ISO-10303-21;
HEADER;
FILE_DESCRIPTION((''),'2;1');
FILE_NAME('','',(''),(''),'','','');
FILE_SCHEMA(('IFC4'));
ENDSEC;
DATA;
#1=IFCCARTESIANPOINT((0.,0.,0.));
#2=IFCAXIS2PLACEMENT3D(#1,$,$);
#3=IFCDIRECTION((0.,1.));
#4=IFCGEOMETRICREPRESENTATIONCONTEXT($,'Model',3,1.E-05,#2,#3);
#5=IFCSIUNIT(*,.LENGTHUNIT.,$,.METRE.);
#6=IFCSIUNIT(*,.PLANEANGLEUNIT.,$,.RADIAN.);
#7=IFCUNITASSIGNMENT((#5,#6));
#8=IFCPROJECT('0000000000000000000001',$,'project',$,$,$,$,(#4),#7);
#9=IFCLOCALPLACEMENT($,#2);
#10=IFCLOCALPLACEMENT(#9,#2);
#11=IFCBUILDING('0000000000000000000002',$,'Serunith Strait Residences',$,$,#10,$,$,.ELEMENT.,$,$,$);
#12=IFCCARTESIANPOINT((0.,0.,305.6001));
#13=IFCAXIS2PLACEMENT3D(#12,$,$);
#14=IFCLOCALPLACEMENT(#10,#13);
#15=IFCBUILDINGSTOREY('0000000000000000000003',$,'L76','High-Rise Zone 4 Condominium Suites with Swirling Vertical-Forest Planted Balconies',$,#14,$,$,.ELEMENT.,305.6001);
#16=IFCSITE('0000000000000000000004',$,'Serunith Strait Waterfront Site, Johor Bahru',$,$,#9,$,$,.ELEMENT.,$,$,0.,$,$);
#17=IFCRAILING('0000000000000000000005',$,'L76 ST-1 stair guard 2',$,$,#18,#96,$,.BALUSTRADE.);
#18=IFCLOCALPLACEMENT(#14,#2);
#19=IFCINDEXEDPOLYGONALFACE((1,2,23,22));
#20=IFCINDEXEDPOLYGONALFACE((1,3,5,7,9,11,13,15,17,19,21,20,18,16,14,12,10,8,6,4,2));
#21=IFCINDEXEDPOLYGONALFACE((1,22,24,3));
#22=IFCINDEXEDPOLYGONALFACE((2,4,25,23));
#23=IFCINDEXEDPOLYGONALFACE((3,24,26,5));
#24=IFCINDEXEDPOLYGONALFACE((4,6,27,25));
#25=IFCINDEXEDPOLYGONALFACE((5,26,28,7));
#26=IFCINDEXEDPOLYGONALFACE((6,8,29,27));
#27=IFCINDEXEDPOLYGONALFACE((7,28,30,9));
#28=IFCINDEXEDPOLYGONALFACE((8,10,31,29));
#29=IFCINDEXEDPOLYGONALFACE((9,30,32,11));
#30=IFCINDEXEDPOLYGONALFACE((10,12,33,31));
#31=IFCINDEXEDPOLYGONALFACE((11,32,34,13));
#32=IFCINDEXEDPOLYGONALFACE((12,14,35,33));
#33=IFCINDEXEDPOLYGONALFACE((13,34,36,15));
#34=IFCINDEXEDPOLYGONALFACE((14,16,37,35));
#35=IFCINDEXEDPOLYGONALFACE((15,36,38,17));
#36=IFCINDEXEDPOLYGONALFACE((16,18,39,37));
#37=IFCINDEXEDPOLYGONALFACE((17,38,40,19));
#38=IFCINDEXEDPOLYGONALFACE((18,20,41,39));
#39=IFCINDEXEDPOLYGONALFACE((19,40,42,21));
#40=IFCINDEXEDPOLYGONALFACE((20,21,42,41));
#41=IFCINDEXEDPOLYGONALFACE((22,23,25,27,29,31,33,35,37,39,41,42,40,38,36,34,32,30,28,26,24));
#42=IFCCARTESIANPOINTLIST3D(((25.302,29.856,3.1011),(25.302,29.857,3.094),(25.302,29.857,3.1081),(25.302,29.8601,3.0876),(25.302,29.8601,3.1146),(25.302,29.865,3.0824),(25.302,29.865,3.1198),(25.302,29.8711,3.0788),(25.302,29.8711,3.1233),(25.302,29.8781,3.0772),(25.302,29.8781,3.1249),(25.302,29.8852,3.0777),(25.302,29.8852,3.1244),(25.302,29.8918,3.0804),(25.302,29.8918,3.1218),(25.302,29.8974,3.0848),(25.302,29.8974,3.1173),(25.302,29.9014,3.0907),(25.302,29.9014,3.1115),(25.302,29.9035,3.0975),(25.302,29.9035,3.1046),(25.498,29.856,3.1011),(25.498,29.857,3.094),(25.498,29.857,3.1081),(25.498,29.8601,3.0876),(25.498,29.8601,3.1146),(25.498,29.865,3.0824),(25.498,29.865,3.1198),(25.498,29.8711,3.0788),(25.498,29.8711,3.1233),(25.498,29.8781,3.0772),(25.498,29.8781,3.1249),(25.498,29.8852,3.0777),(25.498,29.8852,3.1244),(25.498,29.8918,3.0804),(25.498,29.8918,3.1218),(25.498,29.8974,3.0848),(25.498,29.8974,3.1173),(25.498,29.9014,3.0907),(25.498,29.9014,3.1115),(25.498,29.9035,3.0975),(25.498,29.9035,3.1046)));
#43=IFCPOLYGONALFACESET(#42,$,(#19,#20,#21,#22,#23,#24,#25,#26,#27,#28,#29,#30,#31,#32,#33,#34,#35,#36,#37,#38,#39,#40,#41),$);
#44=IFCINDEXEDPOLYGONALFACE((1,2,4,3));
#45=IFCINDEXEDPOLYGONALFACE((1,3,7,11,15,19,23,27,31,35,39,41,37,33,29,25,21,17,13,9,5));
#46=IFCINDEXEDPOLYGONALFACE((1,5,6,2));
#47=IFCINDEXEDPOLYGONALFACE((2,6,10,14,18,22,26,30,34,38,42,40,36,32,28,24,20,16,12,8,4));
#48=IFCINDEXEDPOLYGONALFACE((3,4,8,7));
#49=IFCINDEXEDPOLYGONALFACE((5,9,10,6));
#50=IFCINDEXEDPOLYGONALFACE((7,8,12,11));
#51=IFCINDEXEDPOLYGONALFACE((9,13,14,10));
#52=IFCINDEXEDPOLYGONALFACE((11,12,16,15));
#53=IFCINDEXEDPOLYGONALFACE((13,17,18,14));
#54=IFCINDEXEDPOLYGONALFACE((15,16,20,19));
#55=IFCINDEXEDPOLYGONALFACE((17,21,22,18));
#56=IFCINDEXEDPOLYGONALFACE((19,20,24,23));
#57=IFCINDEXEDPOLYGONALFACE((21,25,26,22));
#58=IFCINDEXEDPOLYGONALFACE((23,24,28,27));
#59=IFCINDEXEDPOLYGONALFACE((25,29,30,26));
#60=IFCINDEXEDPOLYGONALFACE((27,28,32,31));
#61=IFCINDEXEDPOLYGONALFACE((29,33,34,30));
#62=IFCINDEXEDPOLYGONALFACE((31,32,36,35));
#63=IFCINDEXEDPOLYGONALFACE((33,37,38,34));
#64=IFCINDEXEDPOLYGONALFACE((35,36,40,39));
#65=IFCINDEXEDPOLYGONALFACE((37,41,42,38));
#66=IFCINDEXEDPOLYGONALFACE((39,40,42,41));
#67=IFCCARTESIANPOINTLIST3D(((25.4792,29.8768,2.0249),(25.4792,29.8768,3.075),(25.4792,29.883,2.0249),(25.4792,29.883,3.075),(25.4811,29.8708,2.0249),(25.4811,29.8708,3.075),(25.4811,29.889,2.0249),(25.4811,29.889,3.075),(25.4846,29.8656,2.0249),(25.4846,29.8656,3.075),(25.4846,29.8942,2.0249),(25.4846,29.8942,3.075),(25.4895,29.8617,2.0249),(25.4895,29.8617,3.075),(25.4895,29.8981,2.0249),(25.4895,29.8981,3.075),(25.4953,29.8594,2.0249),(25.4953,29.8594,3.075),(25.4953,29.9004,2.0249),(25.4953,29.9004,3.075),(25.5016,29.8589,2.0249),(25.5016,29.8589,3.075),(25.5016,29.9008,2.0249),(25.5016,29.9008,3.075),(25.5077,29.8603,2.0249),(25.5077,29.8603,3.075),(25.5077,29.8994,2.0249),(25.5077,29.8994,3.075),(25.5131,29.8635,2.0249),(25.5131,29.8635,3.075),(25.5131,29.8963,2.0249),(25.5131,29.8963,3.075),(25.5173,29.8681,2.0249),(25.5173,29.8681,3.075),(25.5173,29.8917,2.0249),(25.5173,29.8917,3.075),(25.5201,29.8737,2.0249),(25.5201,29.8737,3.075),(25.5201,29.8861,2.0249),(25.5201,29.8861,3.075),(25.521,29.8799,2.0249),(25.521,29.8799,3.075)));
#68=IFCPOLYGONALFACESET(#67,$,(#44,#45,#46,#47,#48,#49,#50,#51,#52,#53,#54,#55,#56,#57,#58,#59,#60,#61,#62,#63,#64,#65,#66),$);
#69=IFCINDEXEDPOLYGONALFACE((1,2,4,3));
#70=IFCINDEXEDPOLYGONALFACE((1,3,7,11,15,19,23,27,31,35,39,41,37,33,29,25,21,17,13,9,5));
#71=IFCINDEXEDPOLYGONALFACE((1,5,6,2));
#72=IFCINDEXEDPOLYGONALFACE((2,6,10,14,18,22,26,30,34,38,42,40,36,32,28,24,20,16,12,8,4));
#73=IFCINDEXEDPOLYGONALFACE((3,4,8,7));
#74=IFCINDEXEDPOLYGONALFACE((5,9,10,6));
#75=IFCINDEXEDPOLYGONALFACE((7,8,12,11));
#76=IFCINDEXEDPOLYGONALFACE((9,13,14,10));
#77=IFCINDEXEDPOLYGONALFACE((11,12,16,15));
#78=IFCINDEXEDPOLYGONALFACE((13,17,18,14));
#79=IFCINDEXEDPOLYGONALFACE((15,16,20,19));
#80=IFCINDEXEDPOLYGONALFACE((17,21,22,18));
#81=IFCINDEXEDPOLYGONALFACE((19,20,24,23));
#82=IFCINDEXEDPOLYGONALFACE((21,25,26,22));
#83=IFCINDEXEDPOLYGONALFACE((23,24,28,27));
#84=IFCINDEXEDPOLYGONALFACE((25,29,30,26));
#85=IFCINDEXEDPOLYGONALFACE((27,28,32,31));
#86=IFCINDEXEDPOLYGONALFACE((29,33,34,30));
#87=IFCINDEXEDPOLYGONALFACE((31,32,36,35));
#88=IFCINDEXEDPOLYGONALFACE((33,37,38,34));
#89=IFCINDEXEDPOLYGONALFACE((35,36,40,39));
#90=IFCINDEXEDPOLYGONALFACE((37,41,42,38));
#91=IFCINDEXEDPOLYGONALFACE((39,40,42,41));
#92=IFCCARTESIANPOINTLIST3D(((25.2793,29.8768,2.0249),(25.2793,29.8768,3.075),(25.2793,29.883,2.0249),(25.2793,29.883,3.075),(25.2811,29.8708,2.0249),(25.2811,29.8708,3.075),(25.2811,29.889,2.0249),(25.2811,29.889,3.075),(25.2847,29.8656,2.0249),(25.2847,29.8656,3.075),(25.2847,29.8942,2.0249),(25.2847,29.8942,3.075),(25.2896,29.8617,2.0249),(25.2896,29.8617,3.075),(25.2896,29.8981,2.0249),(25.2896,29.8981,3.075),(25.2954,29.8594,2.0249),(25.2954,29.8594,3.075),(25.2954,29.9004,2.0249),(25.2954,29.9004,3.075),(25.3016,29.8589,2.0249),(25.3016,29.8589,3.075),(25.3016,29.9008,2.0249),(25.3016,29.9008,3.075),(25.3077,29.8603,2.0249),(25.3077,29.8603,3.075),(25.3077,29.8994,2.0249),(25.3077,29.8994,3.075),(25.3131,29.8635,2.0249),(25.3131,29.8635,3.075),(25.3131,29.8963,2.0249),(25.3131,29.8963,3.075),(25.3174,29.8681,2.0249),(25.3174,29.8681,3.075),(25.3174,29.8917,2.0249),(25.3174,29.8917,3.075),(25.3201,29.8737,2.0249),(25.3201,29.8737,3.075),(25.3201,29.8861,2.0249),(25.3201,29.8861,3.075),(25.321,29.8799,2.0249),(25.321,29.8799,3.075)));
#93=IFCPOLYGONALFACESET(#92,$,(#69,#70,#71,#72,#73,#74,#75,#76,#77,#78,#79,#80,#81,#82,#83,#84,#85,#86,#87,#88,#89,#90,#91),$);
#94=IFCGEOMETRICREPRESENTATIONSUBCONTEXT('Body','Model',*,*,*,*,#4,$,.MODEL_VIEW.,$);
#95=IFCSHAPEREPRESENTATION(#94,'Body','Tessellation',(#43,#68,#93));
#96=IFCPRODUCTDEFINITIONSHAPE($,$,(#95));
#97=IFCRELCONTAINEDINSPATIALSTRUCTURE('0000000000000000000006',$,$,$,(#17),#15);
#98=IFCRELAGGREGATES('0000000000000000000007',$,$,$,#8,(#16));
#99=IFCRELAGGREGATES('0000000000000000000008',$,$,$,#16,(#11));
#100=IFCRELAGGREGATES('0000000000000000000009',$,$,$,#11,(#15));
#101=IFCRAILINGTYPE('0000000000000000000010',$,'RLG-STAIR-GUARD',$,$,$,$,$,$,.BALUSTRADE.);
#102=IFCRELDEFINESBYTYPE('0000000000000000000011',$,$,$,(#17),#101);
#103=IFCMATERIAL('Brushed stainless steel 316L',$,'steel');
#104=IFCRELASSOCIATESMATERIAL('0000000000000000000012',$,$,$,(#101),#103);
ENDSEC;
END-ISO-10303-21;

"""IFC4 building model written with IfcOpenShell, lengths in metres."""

from ifc_helpers import new_model, si_unit, direction, frame, origin, origin_2d, place, context, subcontext, project, spatial, circle, extrude, material, type_object, element, save


model = new_model("IFC4")

# Units and contexts
model_context = context("Model", 3, precision=1e-05, world=origin(), true_north=direction((0.0, 1.0)))
body_context = subcontext(model_context, "Body", "Model", "MODEL_VIEW")
ifc_project = project(units=[si_unit("LENGTHUNIT", "METRE"), si_unit("PLANEANGLEUNIT", "RADIAN")], contexts=[model_context])

# Site, building, storey
site_placement = place(None, origin())
site = spatial("IfcSite", under=ifc_project, at=site_placement, Name="Serunith Strait Waterfront Site, Johor Bahru", CompositionType="ELEMENT", RefElevation=0.0)
building_placement = place(site_placement, origin())
building = spatial("IfcBuilding", under=site, at=building_placement, Name="Serunith Strait Residences", CompositionType="ELEMENT")
storey_placement = place(building_placement, frame((0.0, 0.0, 305.6001)))
storey = spatial("IfcBuildingStorey", under=building, at=storey_placement, Name="L76", Description="High-Rise Zone 4 Condominium Suites with Swirling Vertical-Forest Planted Balconies", CompositionType="ELEMENT", Elevation=305.6001)

# Railing
ifc_material_1 = material(Name="Brushed stainless steel 316L", Category="steel")
railing_type_1 = type_object("IfcRailingType", Name="RLG-STAIR-GUARD", PredefinedType="BALUSTRADE", material=ifc_material_1)
railing_1_placement = place(storey_placement, frame((25.5, 29.8799, 2.0249)))
element("IfcRailing", 1, at=railing_1_placement, inside=storey, type_object=railing_type_1, Name="L76 ST-1 stair guard 2", PredefinedType="BALUSTRADE", context=body_context, shape_type="SweptSolid", body=[
    extrude(circle(Radius=0.0239, at=origin_2d()), frame((-0.002, 0.0, 1.0762), z_axis=(-1.0, 0.0, 0.0), x_axis=(0.0, -1.0, 0.0)), (0.0, 0.0, 1.0), 0.196),
    extrude(circle(Radius=0.021, at=origin_2d()), origin(), (0.0, 0.0, 1.0), 1.05),
    extrude(circle(Radius=0.021, at=origin_2d()), frame((-0.2, 0.0, 0.0)), (0.0, 0.0, 1.0), 1.05),
])

save(model, "model.ifc")
